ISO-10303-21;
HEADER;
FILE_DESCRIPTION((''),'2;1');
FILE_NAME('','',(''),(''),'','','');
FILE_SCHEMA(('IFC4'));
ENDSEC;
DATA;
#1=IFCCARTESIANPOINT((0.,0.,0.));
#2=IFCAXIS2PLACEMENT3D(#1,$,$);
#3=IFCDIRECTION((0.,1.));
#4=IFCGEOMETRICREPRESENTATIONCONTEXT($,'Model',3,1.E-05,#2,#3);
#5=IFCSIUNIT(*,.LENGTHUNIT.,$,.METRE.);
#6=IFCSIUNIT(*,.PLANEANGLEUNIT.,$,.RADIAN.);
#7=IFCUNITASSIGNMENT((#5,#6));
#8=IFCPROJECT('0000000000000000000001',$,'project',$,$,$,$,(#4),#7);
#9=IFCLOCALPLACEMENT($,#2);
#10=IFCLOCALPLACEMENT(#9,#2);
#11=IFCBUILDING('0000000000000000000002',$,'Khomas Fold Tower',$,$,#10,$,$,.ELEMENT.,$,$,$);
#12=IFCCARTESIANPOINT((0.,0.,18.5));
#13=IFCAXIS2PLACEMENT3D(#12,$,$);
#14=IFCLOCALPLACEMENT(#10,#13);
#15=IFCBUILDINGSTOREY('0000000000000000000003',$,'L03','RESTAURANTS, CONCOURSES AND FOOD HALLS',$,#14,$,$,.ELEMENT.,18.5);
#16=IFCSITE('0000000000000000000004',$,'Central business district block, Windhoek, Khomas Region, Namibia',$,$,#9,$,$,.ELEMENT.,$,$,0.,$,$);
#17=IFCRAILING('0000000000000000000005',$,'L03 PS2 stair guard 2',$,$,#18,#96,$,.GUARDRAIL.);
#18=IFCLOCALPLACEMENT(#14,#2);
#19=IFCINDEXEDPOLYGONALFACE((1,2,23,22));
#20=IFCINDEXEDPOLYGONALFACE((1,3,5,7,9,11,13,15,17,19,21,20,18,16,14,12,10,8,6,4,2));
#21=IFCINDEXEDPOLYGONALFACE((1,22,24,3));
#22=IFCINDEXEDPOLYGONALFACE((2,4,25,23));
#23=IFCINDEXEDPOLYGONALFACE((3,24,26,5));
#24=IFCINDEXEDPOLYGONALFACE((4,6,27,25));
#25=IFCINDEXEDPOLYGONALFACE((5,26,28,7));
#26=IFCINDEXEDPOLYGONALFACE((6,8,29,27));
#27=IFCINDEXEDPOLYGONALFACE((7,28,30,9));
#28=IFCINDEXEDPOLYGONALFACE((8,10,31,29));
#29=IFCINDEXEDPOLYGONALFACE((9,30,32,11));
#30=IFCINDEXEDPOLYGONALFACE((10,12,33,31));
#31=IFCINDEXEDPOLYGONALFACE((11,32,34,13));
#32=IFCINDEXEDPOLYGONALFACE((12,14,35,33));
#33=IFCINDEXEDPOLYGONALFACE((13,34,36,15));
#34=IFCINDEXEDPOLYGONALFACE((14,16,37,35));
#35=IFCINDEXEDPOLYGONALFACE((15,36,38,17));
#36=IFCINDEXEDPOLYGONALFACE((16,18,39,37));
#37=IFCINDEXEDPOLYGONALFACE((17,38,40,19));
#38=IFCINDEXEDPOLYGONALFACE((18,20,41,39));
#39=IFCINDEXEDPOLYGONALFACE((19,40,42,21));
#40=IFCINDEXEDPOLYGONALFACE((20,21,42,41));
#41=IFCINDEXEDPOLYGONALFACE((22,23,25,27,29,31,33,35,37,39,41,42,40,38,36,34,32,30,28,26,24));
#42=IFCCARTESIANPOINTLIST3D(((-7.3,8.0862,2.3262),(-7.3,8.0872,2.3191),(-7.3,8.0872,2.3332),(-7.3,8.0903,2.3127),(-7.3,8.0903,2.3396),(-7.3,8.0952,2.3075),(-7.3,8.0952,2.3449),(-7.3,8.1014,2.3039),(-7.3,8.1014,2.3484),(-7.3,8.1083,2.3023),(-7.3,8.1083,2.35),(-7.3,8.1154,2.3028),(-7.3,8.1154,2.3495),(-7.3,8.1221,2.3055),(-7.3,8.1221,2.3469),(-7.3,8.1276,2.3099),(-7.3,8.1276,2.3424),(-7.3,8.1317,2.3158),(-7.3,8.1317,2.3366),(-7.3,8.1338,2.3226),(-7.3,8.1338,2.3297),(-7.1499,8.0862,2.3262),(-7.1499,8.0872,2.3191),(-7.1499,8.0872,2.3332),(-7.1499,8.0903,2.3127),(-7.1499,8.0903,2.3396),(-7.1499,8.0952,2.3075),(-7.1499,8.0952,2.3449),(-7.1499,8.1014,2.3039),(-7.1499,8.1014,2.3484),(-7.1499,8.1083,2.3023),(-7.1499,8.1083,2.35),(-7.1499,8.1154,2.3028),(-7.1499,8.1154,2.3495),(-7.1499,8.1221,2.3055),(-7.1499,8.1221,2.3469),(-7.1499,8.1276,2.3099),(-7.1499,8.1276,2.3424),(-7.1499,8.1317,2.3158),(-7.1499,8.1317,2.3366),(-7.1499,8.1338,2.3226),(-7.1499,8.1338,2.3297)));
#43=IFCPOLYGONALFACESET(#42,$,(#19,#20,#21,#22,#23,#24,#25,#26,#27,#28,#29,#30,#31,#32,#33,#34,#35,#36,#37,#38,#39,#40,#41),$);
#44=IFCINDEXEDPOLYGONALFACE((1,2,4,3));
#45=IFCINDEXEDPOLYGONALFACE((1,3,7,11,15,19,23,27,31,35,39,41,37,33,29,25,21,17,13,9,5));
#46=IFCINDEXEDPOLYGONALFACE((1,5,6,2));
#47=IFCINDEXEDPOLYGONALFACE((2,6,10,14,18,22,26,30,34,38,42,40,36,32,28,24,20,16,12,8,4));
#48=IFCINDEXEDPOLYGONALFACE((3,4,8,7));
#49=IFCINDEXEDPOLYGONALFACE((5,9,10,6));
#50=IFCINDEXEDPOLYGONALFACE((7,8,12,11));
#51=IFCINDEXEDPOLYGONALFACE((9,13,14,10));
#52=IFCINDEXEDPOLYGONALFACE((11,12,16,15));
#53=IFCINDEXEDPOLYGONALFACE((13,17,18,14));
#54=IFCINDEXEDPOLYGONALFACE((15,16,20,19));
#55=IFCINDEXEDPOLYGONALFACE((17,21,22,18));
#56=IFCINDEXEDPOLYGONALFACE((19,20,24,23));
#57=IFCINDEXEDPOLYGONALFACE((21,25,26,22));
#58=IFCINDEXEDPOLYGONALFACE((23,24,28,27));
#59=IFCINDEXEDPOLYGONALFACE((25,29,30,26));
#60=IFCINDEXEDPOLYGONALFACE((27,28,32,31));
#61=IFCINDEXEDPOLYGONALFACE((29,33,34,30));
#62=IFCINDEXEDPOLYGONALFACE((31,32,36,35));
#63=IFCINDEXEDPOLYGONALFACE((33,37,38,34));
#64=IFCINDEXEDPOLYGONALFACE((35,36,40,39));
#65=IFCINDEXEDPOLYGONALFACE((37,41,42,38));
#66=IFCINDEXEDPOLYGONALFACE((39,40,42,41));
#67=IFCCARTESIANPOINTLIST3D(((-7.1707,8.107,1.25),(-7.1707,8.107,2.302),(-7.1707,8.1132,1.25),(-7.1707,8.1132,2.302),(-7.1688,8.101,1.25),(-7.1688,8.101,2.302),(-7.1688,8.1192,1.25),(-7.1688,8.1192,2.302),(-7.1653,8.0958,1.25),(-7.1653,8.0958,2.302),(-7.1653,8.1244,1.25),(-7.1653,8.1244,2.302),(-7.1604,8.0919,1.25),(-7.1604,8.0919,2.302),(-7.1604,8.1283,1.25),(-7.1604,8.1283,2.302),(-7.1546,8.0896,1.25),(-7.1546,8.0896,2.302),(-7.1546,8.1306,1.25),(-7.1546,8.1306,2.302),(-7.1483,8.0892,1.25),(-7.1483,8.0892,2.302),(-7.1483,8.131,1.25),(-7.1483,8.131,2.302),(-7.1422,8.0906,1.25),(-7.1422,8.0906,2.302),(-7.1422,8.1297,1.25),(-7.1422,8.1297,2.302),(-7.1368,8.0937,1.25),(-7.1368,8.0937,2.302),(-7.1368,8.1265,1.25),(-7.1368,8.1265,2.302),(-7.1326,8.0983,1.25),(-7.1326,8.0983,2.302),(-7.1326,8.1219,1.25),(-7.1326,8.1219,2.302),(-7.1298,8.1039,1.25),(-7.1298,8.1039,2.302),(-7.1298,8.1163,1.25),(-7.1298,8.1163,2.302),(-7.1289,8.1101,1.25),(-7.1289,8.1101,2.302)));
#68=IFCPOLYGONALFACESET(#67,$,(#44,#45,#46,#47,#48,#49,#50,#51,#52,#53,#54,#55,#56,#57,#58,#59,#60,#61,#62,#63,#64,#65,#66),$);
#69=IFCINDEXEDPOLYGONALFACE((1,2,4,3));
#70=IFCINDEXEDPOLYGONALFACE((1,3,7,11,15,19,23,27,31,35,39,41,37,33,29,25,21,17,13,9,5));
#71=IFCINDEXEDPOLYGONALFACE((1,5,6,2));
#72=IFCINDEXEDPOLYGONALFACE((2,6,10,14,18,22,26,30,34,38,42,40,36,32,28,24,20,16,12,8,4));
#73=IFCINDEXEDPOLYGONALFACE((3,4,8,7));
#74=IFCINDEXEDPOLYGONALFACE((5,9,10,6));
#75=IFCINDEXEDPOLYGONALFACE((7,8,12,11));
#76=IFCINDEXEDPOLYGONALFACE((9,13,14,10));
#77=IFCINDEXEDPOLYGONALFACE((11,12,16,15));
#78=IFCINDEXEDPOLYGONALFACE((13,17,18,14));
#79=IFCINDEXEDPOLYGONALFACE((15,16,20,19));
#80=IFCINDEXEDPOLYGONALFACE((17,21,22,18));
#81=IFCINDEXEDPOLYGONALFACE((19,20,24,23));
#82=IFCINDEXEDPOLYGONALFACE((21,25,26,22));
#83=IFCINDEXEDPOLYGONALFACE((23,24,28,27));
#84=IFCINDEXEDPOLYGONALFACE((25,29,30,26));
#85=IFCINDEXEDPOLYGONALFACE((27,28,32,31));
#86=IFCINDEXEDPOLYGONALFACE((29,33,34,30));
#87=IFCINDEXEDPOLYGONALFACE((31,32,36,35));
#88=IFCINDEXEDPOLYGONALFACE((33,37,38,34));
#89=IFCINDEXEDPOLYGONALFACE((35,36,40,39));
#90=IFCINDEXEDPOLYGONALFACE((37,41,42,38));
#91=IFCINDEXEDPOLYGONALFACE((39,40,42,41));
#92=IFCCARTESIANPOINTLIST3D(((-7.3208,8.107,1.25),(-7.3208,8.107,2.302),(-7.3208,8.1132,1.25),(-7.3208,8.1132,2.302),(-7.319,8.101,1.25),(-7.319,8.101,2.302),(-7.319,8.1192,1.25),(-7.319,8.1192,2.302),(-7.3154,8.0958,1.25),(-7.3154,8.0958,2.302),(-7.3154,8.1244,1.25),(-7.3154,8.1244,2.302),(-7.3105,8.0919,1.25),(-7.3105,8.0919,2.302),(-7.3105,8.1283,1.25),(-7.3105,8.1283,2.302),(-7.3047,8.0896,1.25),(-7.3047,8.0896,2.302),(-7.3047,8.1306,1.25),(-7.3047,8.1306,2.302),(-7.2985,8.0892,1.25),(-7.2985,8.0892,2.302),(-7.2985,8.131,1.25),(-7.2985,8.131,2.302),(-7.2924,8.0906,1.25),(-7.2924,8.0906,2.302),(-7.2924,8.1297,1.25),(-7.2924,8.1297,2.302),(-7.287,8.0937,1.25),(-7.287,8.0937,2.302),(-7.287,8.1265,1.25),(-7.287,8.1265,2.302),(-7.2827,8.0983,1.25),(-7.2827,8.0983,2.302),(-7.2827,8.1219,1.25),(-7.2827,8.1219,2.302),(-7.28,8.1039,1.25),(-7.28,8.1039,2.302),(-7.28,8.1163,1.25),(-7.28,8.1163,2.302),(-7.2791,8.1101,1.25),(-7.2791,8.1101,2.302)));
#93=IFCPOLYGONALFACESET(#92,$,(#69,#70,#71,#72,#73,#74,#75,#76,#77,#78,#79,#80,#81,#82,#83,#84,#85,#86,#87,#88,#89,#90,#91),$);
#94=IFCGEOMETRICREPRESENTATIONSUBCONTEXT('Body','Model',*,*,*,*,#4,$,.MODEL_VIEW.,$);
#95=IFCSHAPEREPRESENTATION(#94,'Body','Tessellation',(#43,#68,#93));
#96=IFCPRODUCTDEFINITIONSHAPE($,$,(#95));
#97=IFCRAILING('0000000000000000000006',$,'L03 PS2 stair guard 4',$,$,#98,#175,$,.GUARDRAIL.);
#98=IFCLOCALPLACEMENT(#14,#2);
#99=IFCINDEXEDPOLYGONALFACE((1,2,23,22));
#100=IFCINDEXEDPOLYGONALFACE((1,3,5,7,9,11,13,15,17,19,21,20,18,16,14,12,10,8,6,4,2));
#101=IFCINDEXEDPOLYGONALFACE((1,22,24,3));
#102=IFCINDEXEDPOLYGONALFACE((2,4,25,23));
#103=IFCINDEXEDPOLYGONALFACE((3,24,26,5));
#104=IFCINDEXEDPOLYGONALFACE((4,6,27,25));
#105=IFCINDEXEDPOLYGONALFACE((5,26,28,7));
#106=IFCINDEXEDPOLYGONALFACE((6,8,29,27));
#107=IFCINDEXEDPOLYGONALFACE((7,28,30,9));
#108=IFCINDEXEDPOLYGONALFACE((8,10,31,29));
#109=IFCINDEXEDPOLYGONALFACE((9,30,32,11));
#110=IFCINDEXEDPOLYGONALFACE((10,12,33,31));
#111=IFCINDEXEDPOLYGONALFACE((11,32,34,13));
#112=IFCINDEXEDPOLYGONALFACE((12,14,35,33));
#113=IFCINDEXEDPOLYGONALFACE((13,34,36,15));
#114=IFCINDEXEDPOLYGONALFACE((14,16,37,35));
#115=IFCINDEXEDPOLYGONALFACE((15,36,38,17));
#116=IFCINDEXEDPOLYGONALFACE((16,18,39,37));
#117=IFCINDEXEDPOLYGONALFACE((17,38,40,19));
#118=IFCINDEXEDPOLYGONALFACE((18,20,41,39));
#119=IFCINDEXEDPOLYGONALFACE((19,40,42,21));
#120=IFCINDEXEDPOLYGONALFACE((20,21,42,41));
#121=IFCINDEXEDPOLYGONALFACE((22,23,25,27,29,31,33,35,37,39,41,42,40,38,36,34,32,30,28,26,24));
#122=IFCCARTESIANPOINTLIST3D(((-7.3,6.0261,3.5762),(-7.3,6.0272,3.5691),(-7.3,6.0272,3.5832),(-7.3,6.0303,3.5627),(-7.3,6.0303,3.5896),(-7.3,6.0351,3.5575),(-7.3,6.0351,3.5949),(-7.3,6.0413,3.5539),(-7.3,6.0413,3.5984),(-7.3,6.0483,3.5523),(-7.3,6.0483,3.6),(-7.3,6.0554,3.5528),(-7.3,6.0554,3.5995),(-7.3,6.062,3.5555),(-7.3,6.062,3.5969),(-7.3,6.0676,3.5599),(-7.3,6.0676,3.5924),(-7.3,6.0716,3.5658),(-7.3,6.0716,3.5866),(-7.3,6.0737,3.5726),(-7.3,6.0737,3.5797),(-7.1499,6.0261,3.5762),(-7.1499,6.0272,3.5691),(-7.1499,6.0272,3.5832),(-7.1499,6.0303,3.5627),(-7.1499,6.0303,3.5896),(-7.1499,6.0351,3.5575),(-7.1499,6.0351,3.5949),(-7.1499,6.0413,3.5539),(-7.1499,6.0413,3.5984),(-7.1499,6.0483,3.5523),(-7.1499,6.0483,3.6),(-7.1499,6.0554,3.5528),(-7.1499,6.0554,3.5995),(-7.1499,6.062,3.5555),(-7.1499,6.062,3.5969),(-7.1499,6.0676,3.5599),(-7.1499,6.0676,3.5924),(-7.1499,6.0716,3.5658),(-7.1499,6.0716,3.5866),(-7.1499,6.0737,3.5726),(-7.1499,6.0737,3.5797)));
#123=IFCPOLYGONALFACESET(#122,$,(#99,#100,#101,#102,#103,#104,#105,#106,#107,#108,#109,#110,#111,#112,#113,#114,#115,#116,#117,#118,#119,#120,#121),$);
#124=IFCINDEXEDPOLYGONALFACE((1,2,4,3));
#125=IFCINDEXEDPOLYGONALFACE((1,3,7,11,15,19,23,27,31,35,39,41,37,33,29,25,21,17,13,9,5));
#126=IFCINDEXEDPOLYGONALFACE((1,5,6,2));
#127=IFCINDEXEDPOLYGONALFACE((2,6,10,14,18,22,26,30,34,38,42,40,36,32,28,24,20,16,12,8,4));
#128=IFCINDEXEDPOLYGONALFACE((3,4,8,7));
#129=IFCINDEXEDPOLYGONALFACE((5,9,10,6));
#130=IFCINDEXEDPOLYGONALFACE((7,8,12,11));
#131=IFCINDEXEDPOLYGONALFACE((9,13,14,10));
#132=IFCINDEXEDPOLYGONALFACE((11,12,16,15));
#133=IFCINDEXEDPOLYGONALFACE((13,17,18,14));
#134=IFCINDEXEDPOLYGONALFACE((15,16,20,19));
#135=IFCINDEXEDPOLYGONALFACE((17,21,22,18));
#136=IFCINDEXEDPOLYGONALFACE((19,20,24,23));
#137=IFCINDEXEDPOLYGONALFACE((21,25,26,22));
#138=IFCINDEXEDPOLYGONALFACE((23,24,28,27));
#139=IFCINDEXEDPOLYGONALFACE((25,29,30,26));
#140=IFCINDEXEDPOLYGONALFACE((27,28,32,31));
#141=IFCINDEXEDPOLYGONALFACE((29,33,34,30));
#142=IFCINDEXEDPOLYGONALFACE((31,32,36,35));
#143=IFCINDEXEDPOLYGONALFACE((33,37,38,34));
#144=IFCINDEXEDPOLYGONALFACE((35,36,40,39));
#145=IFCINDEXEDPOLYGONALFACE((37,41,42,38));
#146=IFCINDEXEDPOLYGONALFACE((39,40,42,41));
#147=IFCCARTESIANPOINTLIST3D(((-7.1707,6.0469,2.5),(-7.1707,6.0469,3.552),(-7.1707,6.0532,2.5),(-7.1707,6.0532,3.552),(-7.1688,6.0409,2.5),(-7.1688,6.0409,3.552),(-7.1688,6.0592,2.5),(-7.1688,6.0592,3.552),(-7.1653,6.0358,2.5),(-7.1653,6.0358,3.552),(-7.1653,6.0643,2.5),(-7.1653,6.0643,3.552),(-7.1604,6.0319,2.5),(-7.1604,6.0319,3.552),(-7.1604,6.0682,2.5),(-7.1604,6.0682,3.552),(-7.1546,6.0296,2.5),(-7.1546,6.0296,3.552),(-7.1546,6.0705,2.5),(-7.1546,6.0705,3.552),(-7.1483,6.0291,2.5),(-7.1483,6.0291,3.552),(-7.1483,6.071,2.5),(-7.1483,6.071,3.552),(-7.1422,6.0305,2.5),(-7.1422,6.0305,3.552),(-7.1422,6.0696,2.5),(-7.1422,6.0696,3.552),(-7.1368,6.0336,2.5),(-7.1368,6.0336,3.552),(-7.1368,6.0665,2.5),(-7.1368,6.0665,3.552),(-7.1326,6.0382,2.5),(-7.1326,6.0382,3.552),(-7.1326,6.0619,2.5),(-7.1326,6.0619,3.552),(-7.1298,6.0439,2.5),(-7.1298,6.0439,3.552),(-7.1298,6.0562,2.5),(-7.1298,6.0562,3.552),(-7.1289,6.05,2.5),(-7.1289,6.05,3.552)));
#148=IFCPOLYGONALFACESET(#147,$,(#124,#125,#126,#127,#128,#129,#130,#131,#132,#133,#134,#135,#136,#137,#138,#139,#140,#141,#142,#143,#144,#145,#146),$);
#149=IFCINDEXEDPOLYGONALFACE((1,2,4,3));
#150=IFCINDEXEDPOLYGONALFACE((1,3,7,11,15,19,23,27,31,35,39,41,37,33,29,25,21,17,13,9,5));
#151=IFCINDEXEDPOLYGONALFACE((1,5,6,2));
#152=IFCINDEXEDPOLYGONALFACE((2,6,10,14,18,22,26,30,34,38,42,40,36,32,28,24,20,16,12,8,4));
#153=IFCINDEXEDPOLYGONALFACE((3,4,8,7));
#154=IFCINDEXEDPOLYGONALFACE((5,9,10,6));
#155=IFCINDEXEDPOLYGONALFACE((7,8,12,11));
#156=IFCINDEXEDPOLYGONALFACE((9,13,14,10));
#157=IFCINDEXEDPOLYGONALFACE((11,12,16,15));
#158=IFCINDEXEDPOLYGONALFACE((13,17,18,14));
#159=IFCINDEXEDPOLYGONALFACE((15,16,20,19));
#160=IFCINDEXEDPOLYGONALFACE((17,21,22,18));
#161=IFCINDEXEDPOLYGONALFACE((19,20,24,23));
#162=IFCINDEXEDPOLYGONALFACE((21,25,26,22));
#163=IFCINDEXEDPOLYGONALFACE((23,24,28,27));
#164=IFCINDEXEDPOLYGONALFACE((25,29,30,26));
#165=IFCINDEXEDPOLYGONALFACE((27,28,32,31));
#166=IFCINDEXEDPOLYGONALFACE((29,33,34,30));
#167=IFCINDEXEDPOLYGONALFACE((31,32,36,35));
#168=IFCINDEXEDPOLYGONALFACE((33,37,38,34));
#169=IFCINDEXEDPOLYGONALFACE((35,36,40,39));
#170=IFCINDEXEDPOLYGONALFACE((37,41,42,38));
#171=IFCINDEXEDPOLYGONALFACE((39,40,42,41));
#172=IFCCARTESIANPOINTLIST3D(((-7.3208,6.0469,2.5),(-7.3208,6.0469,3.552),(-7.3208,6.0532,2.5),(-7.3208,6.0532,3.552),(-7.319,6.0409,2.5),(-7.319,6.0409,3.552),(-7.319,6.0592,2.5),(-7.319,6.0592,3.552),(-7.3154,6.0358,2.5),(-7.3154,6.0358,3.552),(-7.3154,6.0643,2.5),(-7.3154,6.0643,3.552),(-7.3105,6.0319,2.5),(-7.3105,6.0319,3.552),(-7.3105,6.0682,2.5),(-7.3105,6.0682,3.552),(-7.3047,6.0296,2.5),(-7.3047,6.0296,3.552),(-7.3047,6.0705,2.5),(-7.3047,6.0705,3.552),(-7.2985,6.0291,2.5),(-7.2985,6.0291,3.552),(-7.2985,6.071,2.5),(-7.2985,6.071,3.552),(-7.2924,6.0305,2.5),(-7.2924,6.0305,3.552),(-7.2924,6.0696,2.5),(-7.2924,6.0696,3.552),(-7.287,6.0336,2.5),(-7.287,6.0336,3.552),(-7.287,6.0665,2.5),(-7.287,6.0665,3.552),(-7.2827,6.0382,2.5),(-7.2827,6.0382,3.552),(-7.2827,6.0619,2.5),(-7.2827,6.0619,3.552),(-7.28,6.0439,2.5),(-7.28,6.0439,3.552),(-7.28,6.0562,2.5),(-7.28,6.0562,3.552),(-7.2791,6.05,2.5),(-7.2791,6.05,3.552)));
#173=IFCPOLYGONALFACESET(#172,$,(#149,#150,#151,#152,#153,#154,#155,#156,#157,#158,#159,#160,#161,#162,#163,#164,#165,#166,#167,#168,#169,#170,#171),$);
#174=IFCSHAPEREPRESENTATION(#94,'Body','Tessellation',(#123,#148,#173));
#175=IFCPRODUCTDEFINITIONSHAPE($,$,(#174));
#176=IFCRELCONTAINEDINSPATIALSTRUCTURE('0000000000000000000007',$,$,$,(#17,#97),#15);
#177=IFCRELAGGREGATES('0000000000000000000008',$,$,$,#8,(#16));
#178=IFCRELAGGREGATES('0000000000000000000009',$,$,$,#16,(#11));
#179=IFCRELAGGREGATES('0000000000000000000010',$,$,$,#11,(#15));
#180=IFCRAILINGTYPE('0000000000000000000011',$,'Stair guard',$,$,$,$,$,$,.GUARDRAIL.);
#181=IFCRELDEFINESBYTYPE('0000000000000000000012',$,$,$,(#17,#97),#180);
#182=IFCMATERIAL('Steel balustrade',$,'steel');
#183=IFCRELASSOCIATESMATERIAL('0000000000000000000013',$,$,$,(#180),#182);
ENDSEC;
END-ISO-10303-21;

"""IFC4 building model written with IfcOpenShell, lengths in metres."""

from ifc_helpers import new_model, si_unit, direction, frame, origin, origin_2d, place, context, subcontext, project, spatial, circle, extrude, source, transform, mapped, material, type_object, element, save


model = new_model("IFC4")

# Units and contexts
model_context = context("Model", 3, precision=1e-05, world=origin(), true_north=direction((0.0, 1.0)))
body_context = subcontext(model_context, "Body", "Model", "MODEL_VIEW")
ifc_project = project(units=[si_unit("LENGTHUNIT", "METRE"), si_unit("PLANEANGLEUNIT", "RADIAN")], contexts=[model_context])

# Site, building, storey
site_placement = place(None, origin())
site = spatial("IfcSite", under=ifc_project, at=site_placement, Name="Central business district block, Windhoek, Khomas Region, Namibia", CompositionType="ELEMENT", RefElevation=0.0)
building_placement = place(site_placement, origin())
building = spatial("IfcBuilding", under=site, at=building_placement, Name="Khomas Fold Tower", CompositionType="ELEMENT")
storey_placement = place(building_placement, frame((0.0, 0.0, 18.5)))
storey = spatial("IfcBuildingStorey", under=building, at=storey_placement, Name="L03", Description="RESTAURANTS, CONCOURSES AND FOOD HALLS", CompositionType="ELEMENT", Elevation=18.5)

# Railings
ifc_material_1 = material(Name="Steel balustrade", Category="steel")
railing_type_1 = type_object("IfcRailingType", Name="Stair guard", PredefinedType="GUARDRAIL", material=ifc_material_1)
shared_shape_1 = source(origin(), body_context, "Body", "SweptSolid", [
    extrude(circle(Radius=0.0239, at=origin_2d()), frame((0.0, 0.0, 1.0762), z_axis=(-1.0, 0.0, 0.0), x_axis=(0.0, -1.0, 0.0)), (0.0, 0.0, 1.0), 0.1501),
    extrude(circle(Radius=0.021, at=origin_2d()), origin(), (0.0, 0.0, 1.0), 1.052),
    extrude(circle(Radius=0.021, at=origin_2d()), frame((-0.1501, 0.0, 0.0)), (0.0, 0.0, 1.0), 1.052),
])
for number, where, name in (
    (1, (-7.1499, 8.1101, 1.25), "L03 PS2 stair guard 2"),
    (2, (-7.1499, 6.05, 2.5), "L03 PS2 stair guard 4"),
):
    element("IfcRailing", number, at=place(storey_placement, frame(where)), inside=storey, type_object=railing_type_1, Name=name, PredefinedType="GUARDRAIL", context=body_context, shape_type="MappedRepresentation", body=[
        mapped(shared_shape_1, transform((0.0, 0.0, 0.0))),
    ])

save(model, "model.ifc")
